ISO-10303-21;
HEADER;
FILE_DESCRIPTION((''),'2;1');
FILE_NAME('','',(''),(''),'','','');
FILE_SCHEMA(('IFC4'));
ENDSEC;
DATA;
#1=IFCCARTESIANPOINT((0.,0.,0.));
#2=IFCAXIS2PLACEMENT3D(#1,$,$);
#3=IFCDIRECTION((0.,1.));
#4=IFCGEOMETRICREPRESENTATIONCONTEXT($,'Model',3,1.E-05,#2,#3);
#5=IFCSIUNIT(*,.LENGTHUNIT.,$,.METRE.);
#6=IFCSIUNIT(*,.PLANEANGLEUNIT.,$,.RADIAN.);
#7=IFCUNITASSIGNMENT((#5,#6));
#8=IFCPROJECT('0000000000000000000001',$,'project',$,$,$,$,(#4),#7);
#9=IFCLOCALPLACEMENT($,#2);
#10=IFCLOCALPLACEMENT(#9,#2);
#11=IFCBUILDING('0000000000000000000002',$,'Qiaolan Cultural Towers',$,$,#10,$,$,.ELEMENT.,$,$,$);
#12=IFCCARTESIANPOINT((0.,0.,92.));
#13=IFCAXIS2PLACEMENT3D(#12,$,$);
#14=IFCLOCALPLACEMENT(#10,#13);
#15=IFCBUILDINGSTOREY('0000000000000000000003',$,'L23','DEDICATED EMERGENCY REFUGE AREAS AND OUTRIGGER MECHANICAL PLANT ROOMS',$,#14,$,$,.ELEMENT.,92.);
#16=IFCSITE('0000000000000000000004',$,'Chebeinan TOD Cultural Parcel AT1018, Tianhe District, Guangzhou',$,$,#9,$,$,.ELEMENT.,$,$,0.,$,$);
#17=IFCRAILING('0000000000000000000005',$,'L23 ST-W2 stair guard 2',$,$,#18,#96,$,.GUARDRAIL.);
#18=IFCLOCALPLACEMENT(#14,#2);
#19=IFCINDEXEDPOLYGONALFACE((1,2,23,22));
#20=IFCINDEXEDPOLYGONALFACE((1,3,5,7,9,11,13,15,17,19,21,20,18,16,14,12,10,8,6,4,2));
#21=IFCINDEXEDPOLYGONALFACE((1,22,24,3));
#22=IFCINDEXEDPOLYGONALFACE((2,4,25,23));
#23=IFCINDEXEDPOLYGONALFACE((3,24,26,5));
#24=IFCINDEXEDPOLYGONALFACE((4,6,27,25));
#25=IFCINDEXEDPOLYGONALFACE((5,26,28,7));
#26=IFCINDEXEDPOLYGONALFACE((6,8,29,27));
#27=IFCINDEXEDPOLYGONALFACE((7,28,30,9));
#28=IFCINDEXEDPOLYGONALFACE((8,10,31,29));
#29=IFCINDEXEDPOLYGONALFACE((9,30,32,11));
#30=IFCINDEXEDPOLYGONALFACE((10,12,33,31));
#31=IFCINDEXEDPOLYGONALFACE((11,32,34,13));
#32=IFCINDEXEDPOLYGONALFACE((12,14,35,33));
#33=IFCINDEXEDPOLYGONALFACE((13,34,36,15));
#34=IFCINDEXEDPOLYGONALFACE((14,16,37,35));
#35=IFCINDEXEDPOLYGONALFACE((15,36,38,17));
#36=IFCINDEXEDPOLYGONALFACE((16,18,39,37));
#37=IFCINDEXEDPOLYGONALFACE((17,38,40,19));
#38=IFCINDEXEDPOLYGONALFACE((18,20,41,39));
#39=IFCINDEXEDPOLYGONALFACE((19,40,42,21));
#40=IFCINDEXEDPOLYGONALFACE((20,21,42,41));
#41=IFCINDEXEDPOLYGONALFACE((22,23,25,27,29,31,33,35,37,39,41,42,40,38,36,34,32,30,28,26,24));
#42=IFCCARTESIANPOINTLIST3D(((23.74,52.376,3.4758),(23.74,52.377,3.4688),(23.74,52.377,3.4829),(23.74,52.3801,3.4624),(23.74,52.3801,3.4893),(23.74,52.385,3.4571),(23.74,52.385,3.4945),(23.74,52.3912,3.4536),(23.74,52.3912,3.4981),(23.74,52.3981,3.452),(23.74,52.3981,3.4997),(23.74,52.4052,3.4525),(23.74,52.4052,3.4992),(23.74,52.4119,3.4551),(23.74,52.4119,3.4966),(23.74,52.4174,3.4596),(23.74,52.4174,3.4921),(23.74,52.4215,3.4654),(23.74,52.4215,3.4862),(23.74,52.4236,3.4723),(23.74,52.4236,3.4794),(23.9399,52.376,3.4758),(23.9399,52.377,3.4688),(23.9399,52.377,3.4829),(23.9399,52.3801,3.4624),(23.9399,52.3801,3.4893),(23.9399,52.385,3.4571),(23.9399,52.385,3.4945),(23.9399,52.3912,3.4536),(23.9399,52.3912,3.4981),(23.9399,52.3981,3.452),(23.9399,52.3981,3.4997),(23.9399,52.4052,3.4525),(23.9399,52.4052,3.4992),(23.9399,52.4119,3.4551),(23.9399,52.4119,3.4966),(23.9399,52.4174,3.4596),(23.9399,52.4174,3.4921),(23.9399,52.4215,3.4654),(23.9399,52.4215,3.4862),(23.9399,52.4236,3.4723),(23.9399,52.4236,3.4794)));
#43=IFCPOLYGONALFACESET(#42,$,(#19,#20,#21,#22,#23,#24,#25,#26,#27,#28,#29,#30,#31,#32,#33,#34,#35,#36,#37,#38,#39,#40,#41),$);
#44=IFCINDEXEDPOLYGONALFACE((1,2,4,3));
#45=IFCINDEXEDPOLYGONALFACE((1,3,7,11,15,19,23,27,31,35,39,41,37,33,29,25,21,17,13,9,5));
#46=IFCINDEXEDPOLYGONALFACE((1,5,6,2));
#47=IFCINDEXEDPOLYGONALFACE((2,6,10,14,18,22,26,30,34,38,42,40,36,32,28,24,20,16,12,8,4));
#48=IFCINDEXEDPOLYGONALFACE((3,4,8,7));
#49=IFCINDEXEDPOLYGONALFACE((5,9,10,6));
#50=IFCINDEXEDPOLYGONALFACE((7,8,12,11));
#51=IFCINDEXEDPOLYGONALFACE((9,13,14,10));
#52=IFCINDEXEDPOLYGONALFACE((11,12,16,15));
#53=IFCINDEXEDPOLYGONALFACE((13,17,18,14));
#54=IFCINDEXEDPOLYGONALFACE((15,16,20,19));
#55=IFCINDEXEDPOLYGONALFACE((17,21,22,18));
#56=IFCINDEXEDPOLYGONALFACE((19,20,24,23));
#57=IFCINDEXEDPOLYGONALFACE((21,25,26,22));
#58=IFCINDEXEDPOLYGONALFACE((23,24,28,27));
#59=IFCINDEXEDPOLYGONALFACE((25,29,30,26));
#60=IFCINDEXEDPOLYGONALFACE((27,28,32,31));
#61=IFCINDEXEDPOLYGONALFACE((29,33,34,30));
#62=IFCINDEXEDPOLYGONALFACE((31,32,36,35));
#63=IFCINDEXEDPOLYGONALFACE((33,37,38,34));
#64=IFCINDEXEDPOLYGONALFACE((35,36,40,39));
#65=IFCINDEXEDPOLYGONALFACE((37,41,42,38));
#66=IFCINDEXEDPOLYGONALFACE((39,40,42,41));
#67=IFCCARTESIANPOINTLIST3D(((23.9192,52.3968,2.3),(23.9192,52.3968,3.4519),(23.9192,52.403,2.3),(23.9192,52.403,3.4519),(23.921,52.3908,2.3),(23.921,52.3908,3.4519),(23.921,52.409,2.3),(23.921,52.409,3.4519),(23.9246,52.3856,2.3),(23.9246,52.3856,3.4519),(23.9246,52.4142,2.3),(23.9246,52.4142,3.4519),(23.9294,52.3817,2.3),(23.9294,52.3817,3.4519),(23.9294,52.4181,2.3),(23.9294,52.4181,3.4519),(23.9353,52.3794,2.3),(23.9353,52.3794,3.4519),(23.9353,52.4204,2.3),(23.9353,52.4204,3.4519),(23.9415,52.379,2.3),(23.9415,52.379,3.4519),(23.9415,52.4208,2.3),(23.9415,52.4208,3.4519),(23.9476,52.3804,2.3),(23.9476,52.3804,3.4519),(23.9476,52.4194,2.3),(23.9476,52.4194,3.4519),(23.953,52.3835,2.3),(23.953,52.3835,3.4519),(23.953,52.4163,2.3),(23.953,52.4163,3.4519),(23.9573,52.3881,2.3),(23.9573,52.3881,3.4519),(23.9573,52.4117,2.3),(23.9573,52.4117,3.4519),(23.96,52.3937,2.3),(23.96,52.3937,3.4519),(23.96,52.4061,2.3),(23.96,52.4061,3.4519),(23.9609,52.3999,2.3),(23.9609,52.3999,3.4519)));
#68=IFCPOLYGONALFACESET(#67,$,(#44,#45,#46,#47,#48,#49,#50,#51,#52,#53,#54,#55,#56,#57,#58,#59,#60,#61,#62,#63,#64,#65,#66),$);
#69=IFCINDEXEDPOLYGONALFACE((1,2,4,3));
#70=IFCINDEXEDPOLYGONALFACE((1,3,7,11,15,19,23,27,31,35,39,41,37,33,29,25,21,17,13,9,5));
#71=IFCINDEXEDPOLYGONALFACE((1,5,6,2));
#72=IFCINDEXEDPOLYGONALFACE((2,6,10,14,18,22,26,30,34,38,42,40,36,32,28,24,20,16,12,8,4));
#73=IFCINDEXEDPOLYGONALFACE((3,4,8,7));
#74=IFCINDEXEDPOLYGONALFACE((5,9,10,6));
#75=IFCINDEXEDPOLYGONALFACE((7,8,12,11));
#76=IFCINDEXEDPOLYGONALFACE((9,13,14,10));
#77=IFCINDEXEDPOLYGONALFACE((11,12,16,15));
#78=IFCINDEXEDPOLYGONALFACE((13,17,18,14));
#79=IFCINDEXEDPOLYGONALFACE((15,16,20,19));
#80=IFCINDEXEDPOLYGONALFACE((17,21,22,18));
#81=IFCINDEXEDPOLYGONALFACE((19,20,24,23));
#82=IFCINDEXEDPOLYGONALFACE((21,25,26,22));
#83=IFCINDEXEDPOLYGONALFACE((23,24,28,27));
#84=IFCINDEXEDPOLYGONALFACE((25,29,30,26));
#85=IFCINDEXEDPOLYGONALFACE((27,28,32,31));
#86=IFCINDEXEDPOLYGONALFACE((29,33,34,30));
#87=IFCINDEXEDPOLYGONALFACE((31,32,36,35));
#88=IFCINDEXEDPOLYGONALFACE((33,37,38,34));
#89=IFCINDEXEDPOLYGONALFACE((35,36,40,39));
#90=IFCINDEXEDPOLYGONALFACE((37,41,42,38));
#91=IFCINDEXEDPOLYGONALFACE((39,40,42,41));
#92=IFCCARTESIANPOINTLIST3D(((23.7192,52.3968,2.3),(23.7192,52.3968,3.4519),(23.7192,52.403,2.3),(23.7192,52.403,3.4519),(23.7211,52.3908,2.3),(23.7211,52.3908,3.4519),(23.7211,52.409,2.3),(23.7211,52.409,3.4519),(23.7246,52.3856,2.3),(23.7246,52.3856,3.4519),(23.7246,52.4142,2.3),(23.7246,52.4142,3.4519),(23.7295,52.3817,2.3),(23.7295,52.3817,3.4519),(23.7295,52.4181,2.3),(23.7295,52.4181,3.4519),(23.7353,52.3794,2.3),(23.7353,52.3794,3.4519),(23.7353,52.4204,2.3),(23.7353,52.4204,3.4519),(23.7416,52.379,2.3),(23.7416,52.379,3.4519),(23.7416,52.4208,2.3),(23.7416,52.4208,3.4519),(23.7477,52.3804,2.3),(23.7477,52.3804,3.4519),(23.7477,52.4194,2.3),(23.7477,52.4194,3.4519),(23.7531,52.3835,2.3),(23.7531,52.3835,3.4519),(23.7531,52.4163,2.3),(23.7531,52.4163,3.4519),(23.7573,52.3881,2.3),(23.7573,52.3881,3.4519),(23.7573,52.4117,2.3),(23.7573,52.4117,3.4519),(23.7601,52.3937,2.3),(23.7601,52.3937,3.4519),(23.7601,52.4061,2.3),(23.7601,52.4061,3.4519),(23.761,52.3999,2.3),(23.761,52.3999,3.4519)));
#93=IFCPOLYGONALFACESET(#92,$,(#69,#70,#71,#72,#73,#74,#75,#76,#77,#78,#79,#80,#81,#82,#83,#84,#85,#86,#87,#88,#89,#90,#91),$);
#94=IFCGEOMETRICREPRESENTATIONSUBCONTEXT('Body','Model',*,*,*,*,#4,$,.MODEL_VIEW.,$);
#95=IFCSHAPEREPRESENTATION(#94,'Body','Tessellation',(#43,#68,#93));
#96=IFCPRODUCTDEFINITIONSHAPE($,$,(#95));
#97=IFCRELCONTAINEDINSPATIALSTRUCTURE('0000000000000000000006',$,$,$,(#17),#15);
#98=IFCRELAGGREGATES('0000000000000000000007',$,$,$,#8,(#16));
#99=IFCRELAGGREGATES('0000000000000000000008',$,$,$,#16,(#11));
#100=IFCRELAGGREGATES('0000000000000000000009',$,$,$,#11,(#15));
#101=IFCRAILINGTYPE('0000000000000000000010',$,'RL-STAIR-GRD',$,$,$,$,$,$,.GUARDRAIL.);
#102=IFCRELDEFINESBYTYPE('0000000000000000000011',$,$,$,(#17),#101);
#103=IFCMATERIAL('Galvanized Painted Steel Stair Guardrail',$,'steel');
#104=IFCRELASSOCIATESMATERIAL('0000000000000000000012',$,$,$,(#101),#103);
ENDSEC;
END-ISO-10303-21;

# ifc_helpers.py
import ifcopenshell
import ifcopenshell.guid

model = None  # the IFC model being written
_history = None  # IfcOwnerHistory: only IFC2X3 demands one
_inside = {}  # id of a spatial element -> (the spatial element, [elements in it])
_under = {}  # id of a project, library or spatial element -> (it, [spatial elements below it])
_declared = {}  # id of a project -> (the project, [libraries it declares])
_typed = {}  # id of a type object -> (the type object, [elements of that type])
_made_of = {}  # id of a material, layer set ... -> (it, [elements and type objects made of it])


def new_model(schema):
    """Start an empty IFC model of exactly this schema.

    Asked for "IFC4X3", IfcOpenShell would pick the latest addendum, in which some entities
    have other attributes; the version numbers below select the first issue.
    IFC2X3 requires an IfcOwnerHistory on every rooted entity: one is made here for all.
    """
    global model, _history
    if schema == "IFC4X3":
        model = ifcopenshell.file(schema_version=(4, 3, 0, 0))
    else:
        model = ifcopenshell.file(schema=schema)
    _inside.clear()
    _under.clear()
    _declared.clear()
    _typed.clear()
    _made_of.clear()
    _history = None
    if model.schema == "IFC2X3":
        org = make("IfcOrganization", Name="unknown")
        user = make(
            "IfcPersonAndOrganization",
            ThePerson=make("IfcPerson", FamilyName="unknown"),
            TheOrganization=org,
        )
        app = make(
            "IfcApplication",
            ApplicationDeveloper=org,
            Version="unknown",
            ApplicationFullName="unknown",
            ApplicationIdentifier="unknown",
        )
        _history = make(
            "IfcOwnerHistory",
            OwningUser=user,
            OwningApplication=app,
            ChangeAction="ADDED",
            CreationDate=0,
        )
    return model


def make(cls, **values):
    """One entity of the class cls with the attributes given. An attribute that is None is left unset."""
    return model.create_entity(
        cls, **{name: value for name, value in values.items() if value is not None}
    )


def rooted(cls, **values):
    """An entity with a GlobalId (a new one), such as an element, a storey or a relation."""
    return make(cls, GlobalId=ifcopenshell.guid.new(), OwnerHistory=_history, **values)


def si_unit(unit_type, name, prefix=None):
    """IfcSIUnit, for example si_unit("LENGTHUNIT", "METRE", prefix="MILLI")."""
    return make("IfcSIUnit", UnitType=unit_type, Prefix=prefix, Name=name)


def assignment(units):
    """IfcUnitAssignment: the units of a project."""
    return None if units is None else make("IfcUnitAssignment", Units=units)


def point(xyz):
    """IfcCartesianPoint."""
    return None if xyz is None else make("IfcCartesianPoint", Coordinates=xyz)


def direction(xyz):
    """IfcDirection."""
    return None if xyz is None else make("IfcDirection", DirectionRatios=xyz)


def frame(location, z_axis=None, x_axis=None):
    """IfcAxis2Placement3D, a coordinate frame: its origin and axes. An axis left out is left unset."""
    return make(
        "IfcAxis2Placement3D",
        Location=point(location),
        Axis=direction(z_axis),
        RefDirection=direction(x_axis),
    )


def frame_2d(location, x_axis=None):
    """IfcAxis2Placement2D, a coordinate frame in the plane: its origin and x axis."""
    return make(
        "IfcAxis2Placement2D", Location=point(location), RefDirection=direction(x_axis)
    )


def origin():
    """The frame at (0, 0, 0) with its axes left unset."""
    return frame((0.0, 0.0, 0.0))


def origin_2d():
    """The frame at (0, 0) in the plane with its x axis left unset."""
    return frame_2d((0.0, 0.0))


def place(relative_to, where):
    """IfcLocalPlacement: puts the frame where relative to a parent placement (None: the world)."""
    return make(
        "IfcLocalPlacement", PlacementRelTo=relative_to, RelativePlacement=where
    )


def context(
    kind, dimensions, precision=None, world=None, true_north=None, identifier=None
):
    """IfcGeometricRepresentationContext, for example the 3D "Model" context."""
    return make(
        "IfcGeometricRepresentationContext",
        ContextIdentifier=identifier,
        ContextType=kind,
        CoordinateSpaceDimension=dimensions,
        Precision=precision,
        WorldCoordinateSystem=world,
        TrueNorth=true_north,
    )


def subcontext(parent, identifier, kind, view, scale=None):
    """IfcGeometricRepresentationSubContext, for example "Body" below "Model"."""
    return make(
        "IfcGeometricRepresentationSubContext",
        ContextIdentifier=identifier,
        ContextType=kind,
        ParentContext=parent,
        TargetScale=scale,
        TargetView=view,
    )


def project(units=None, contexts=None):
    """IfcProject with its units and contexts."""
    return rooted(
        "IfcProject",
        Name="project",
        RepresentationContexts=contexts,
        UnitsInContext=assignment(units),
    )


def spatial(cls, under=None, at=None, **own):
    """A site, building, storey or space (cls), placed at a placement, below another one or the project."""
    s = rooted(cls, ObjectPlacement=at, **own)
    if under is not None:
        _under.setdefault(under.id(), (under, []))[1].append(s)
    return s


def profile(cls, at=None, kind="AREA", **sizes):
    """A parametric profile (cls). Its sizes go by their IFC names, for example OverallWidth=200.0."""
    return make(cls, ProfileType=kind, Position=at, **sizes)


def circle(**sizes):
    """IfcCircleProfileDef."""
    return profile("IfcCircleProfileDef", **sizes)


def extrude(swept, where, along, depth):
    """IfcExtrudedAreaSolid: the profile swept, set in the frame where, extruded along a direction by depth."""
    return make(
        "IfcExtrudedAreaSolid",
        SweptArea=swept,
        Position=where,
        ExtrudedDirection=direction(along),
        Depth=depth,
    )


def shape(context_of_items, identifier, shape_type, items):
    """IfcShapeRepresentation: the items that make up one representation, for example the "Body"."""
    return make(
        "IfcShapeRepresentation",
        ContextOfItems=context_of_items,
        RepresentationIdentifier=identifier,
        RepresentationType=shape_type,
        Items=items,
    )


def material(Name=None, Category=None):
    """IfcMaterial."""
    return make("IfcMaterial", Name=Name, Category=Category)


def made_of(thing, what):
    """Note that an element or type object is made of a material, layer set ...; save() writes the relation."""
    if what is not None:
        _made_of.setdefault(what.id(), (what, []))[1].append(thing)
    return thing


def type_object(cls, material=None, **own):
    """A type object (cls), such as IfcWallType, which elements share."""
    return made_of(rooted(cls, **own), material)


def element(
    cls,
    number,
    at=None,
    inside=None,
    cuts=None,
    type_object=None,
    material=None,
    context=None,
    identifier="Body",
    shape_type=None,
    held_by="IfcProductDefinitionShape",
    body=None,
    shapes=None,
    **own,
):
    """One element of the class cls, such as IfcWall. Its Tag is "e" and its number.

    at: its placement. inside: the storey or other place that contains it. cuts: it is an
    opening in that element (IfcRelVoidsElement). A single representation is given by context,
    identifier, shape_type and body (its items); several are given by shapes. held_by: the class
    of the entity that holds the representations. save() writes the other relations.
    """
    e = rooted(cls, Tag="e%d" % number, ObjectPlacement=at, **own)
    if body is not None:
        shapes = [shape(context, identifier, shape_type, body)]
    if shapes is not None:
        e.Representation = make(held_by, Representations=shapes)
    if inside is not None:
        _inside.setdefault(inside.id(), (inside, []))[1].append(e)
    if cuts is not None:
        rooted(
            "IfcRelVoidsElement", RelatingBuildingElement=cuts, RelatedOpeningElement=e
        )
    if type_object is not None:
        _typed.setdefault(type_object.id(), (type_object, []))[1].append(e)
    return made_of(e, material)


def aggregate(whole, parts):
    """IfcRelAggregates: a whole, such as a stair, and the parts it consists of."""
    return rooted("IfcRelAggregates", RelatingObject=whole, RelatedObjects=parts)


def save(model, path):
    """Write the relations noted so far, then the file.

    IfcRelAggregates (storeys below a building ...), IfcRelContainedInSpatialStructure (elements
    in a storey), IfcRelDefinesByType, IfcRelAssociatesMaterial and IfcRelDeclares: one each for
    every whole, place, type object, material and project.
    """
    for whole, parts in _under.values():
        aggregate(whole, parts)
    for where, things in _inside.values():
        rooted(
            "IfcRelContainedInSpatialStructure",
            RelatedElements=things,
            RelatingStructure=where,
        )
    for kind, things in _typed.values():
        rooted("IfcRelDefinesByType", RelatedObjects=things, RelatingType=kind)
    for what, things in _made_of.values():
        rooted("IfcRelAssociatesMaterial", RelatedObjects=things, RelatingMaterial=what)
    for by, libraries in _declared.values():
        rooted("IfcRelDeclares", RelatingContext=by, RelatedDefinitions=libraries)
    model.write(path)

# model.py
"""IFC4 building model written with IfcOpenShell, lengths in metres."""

from ifc_helpers import new_model, si_unit, direction, frame, origin, origin_2d, place, context, subcontext, project, spatial, circle, extrude, material, type_object, element, save


model = new_model("IFC4")

# Units and contexts
model_context = context("Model", 3, precision=1e-05, world=origin(), true_north=direction((0.0, 1.0)))
body_context = subcontext(model_context, "Body", "Model", "MODEL_VIEW")
ifc_project = project(units=[si_unit("LENGTHUNIT", "METRE"), si_unit("PLANEANGLEUNIT", "RADIAN")], contexts=[model_context])

# Site, building, storey
site_placement = place(None, origin())
site = spatial("IfcSite", under=ifc_project, at=site_placement, Name="Chebeinan TOD Cultural Parcel AT1018, Tianhe District, Guangzhou", CompositionType="ELEMENT", RefElevation=0.0)
building_placement = place(site_placement, origin())
building = spatial("IfcBuilding", under=site, at=building_placement, Name="Qiaolan Cultural Towers", CompositionType="ELEMENT")
storey_placement = place(building_placement, frame((0.0, 0.0, 92.0)))
storey = spatial("IfcBuildingStorey", under=building, at=storey_placement, Name="L23", Description="DEDICATED EMERGENCY REFUGE AREAS AND OUTRIGGER MECHANICAL PLANT ROOMS", CompositionType="ELEMENT", Elevation=92.0)

# Railing
ifc_material_1 = material(Name="Galvanized Painted Steel Stair Guardrail", Category="steel")
railing_type_1 = type_object("IfcRailingType", Name="RL-STAIR-GRD", PredefinedType="GUARDRAIL", material=ifc_material_1)
railing_1_placement = place(storey_placement, frame((23.9399, 52.3999, 2.3)))
element("IfcRailing", 1, at=railing_1_placement, inside=storey, type_object=railing_type_1, Name="L23 ST-W2 stair guard 2", PredefinedType="GUARDRAIL", context=body_context, shape_type="SweptSolid", body=[
    extrude(circle(Radius=0.0239, at=origin_2d()), frame((0.0, 0.0, 1.1758), z_axis=(-1.0, 0.0, 0.0), x_axis=(0.0, -1.0, 0.0)), (0.0, 0.0, 1.0), 0.2),
    extrude(circle(Radius=0.021, at=origin_2d()), origin(), (0.0, 0.0, 1.0), 1.1519),
    extrude(circle(Radius=0.021, at=origin_2d()), frame((-0.2, 0.0, 0.0)), (0.0, 0.0, 1.0), 1.1519),
])

save(model, "model.ifc")
